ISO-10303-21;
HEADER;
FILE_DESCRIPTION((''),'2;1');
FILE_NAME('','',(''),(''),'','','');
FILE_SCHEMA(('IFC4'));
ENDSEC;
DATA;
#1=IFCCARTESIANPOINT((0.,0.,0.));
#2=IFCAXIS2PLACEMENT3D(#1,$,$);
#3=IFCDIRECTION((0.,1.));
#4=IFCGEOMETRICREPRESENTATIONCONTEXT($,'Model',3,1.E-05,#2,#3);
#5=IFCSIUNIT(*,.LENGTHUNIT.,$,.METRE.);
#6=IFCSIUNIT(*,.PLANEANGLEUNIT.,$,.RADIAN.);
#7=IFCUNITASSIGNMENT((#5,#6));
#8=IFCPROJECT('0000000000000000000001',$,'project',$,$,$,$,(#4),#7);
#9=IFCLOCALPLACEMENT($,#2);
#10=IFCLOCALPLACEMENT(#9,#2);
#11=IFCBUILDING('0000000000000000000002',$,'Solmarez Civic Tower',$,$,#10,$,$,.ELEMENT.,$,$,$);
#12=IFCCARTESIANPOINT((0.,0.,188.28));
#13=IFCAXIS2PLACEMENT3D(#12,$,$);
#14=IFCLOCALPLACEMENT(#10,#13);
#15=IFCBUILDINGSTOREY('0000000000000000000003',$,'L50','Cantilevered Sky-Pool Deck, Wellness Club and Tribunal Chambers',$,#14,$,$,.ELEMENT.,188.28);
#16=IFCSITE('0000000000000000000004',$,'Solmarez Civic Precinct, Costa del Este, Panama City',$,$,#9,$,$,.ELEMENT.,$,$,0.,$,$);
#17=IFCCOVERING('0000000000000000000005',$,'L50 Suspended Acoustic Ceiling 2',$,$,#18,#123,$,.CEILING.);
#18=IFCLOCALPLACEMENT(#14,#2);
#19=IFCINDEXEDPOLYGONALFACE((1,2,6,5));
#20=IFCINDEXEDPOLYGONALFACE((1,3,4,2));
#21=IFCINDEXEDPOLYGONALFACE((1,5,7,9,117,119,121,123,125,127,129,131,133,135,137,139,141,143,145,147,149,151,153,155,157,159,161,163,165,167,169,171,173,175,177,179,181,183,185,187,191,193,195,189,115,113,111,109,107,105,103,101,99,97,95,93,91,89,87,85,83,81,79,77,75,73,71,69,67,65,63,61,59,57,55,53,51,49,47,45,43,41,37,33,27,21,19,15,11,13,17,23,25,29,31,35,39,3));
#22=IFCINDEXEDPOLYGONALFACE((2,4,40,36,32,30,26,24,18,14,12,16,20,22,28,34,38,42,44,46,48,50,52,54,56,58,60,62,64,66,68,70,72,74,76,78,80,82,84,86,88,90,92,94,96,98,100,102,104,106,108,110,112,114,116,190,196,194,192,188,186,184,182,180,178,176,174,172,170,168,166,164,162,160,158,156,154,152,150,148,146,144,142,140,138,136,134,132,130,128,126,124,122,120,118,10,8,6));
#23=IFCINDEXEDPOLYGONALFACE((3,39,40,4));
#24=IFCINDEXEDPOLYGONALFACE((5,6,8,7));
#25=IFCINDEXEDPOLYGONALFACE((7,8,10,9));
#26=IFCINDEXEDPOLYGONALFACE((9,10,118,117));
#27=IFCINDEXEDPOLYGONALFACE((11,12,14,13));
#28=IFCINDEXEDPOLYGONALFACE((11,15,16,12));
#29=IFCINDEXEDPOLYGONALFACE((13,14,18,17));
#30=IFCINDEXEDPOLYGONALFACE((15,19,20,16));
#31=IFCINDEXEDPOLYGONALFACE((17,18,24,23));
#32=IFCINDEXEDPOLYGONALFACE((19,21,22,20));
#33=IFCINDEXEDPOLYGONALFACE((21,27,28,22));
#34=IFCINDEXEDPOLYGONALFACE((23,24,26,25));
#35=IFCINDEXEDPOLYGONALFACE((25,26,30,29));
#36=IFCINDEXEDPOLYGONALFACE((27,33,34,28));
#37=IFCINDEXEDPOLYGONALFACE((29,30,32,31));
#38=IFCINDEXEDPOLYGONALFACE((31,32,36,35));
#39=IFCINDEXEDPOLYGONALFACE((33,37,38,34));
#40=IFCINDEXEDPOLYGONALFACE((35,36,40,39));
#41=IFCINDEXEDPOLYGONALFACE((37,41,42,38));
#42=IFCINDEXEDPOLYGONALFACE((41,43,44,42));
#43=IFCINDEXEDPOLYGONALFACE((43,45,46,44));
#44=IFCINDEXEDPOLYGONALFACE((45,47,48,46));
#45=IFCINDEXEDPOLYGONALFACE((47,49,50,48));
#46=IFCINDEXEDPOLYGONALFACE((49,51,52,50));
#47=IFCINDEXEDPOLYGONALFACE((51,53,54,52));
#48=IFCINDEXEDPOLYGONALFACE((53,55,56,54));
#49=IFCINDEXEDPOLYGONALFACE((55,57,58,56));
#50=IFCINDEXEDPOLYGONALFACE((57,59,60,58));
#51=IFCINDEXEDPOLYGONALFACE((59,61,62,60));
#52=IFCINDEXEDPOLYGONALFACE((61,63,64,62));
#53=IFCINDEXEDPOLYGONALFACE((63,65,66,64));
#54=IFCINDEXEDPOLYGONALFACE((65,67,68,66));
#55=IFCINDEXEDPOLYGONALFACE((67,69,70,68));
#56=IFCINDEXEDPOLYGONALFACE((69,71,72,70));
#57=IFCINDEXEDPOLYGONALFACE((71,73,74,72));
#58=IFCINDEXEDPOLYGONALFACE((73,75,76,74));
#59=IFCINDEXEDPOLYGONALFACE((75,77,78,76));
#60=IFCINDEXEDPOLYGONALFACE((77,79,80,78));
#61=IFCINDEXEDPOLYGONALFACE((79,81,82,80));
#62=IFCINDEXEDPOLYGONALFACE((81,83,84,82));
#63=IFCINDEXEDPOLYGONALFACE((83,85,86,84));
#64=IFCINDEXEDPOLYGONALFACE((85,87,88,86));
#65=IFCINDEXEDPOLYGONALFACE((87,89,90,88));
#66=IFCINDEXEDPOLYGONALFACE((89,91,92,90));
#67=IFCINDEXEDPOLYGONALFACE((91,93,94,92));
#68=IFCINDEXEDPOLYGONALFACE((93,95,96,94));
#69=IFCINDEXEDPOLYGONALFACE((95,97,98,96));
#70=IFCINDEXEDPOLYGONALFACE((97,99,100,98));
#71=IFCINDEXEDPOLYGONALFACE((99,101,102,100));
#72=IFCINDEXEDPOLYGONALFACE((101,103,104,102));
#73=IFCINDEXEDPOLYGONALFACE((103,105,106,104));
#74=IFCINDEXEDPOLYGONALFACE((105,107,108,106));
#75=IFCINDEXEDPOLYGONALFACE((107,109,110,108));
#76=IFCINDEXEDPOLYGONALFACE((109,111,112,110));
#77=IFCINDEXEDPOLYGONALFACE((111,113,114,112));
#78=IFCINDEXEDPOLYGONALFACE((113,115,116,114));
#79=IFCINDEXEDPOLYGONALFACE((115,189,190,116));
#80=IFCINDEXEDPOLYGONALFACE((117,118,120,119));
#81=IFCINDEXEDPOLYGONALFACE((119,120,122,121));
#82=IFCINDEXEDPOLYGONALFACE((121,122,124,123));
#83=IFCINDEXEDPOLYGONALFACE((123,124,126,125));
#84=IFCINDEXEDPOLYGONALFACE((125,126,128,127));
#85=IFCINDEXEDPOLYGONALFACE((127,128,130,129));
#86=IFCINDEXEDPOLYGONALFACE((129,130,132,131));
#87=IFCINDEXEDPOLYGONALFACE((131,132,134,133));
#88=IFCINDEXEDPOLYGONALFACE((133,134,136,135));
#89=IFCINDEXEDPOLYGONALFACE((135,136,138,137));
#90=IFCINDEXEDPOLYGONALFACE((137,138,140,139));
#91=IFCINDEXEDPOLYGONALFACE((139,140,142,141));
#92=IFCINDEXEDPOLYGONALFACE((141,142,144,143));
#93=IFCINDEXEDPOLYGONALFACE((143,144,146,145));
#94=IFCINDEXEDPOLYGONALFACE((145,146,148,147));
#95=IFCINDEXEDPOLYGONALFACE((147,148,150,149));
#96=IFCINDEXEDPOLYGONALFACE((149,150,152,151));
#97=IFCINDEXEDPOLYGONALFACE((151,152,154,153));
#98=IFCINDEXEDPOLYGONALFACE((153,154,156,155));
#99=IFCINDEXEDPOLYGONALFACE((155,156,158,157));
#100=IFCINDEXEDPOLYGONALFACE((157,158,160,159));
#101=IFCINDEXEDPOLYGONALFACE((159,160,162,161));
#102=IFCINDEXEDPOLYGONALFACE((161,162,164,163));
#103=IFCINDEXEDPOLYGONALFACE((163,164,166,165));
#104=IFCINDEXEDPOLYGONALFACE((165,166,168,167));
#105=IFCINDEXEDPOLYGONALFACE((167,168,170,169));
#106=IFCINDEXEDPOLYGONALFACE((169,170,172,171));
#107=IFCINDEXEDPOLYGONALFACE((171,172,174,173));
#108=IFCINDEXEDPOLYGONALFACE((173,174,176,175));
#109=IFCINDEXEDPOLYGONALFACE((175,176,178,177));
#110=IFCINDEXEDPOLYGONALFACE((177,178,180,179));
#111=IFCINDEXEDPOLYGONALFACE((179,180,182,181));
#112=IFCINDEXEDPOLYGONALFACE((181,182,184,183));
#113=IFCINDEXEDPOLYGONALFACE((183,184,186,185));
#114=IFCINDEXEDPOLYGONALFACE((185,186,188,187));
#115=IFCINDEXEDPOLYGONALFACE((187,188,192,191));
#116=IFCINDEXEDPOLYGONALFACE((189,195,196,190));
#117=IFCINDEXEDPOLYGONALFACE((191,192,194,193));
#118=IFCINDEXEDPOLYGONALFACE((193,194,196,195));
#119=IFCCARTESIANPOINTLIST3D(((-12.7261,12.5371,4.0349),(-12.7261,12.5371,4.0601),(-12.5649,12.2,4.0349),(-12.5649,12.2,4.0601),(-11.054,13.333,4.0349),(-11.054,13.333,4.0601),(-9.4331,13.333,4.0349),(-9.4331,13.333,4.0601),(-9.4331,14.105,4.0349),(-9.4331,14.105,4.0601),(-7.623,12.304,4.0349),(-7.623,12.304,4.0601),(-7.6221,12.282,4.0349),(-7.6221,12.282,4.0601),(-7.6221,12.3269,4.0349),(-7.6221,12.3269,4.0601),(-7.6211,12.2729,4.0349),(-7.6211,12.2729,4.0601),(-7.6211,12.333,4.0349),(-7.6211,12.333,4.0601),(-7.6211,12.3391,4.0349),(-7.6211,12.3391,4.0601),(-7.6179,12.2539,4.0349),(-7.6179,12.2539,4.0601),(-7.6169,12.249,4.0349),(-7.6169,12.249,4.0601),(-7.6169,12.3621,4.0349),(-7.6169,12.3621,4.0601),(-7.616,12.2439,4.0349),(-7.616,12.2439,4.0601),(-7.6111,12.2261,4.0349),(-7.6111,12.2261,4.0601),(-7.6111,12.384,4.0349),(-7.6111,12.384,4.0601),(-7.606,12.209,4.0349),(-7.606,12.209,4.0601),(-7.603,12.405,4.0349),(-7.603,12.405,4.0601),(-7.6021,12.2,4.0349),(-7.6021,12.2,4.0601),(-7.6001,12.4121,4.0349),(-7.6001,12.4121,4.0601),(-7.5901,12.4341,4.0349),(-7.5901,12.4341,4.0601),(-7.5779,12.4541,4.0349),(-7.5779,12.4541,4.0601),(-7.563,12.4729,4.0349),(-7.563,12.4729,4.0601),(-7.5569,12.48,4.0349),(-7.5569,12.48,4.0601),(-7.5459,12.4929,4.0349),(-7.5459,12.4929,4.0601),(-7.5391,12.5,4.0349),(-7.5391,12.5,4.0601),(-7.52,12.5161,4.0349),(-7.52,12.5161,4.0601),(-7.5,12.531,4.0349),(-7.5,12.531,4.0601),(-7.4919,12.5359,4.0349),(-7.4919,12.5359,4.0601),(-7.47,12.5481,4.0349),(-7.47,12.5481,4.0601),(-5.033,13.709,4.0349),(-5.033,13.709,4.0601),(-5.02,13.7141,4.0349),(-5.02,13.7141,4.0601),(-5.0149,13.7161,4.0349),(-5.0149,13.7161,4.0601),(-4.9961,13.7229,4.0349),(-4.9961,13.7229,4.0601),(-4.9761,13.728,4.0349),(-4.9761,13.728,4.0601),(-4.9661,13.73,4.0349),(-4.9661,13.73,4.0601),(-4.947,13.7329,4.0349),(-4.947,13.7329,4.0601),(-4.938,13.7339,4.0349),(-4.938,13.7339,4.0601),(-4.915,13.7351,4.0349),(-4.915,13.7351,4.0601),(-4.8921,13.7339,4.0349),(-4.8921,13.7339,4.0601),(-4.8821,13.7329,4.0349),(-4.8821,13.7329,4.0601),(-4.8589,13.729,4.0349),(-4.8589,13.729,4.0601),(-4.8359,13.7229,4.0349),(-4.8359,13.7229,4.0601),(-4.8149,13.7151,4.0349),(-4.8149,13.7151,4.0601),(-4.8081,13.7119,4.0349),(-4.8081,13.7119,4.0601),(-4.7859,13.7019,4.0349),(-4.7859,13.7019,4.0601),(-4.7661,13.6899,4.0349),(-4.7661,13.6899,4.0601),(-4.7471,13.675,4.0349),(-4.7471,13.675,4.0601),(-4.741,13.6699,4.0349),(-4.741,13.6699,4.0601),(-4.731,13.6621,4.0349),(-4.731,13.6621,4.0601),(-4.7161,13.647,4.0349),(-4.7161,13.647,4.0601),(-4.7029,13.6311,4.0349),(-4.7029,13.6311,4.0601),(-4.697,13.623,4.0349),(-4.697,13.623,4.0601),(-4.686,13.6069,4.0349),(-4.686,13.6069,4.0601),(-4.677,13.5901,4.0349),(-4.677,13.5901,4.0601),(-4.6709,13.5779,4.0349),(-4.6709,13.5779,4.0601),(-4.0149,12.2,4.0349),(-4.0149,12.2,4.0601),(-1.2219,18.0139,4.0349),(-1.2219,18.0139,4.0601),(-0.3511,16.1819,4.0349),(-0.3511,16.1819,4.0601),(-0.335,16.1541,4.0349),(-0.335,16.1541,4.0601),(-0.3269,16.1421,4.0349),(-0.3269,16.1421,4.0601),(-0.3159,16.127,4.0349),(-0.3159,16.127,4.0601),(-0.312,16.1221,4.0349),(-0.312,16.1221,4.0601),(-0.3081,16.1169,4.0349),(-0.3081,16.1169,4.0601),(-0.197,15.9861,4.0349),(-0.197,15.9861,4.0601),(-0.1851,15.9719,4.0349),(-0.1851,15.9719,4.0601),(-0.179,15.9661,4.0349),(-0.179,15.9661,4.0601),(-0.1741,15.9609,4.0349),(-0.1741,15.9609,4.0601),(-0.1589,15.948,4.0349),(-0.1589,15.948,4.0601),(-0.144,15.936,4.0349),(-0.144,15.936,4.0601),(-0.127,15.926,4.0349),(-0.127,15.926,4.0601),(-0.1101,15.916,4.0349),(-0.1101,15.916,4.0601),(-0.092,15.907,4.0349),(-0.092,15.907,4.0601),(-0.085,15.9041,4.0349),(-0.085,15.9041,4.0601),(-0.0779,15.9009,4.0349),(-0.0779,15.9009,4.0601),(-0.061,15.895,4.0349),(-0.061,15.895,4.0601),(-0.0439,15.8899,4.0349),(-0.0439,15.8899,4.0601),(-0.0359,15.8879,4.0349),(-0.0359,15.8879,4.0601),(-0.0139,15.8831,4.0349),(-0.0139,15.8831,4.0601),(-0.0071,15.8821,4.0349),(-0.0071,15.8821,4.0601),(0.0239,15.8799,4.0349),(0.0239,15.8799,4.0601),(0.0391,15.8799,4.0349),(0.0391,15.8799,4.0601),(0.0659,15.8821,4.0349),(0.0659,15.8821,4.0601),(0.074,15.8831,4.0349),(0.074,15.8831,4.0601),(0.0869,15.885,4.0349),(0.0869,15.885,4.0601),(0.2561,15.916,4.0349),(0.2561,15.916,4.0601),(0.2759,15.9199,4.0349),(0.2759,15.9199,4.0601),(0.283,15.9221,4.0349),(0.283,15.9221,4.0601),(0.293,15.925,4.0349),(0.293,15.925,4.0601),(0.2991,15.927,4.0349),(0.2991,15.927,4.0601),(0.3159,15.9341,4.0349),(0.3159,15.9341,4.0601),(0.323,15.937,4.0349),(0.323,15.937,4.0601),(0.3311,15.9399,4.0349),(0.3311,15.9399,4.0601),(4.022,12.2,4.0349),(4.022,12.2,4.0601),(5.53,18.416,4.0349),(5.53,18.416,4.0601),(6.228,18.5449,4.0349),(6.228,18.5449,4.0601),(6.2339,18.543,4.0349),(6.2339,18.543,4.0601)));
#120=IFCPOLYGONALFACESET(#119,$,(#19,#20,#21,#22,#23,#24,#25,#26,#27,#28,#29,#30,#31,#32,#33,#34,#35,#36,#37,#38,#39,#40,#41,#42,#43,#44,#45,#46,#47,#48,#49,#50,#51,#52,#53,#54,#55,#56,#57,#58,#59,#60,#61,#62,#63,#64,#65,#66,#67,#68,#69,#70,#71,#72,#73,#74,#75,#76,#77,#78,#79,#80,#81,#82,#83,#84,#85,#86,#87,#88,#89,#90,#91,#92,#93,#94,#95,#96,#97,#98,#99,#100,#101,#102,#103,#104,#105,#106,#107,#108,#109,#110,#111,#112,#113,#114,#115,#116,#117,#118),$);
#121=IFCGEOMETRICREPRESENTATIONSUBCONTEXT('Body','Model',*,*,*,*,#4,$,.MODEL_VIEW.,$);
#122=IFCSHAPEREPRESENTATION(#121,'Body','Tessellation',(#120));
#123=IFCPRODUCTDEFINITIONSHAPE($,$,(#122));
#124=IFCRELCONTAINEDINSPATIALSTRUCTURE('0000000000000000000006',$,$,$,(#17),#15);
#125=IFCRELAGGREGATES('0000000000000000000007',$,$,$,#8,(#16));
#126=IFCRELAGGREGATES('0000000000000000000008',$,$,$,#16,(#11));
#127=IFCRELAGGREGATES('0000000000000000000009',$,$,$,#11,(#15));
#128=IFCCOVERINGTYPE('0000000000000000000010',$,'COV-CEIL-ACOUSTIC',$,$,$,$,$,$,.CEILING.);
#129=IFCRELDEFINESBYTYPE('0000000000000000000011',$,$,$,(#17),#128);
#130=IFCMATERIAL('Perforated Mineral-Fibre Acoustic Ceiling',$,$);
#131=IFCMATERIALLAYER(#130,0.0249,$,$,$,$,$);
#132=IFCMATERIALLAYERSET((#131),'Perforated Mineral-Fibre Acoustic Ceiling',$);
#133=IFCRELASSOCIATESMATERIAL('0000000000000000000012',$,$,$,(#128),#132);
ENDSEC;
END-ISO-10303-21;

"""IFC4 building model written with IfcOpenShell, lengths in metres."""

from ifc_helpers import new_model, si_unit, direction, frame, origin, place, context, subcontext, project, spatial, polyline, outline, extrude, material, layer, layer_set, type_object, element, save


model = new_model("IFC4")

# Units and contexts
model_context = context("Model", 3, precision=1e-05, world=origin(), true_north=direction((0.0, 1.0)))
body_context = subcontext(model_context, "Body", "Model", "MODEL_VIEW")
ifc_project = project(units=[si_unit("LENGTHUNIT", "METRE"), si_unit("PLANEANGLEUNIT", "RADIAN")], contexts=[model_context])

# Site, building, storey
site_placement = place(None, origin())
site = spatial("IfcSite", under=ifc_project, at=site_placement, Name="Solmarez Civic Precinct, Costa del Este, Panama City", CompositionType="ELEMENT", RefElevation=0.0)
building_placement = place(site_placement, origin())
building = spatial("IfcBuilding", under=site, at=building_placement, Name="Solmarez Civic Tower", CompositionType="ELEMENT")
storey_placement = place(building_placement, frame((0.0, 0.0, 188.28)))
storey = spatial("IfcBuildingStorey", under=building, at=storey_placement, Name="L50", Description="Cantilevered Sky-Pool Deck, Wellness Club and Tribunal Chambers", CompositionType="ELEMENT", Elevation=188.28)

# Covering
ifc_material_1 = material(Name="Perforated Mineral-Fibre Acoustic Ceiling")
ifc_layer_1 = layer(ifc_material_1, 0.0249)
ifc_layer_set_1 = layer_set([ifc_layer_1], Name="Perforated Mineral-Fibre Acoustic Ceiling")
covering_type_1 = type_object("IfcCoveringType", Name="COV-CEIL-ACOUSTIC", PredefinedType="CEILING", material=ifc_layer_set_1)
covering_1_placement = place(storey_placement, frame((0.0, 0.0, 4.0349)))
element("IfcCovering", 1, at=covering_1_placement, inside=storey, type_object=covering_type_1, Name="L50 Suspended Acoustic Ceiling 2", PredefinedType="CEILING", context=body_context, shape_type="SweptSolid", body=[
    extrude(outline(polyline([(-12.7261, 12.5371), (-12.5649, 12.2), (-7.6021, 12.2), (-7.606, 12.209), (-7.6111, 12.2261), (-7.616, 12.2439), (-7.6169, 12.249), (-7.6179, 12.2539), (-7.6211, 12.2729), (-7.6221, 12.282), (-7.623, 12.304), (-7.6221, 12.3269), (-7.6211, 12.333), (-7.6211, 12.3391), (-7.6169, 12.3621), (-7.6111, 12.384), (-7.603, 12.405), (-7.6001, 12.4121), (-7.5901, 12.4341), (-7.5779, 12.4541), (-7.563, 12.4729), (-7.5569, 12.48), (-7.5459, 12.4929), (-7.5391, 12.5), (-7.52, 12.5161), (-7.5, 12.531), (-7.4919, 12.5359), (-7.47, 12.5481), (-5.033, 13.709), (-5.02, 13.7141), (-5.0149, 13.7161), (-4.9961, 13.7229), (-4.9761, 13.728), (-4.9661, 13.73), (-4.947, 13.7329), (-4.938, 13.7339), (-4.915, 13.7351), (-4.8921, 13.7339), (-4.8821, 13.7329), (-4.8589, 13.729), (-4.8359, 13.7229), (-4.8149, 13.7151), (-4.8081, 13.7119), (-4.7859, 13.7019), (-4.7661, 13.6899), (-4.7471, 13.675), (-4.741, 13.6699), (-4.731, 13.6621), (-4.7161, 13.647), (-4.7029, 13.6311), (-4.697, 13.623), (-4.686, 13.6069), (-4.677, 13.5901), (-4.6709, 13.5779), (-4.0149, 12.2), (4.022, 12.2), (6.2339, 18.543), (6.228, 18.5449), (5.53, 18.416), (0.3311, 15.9399), (0.323, 15.937), (0.3159, 15.9341), (0.2991, 15.927), (0.293, 15.925), (0.283, 15.9221), (0.2759, 15.9199), (0.2561, 15.916), (0.0869, 15.885), (0.074, 15.8831), (0.0659, 15.8821), (0.0391, 15.8799), (0.0239, 15.8799), (-0.0071, 15.8821), (-0.0139, 15.8831), (-0.0359, 15.8879), (-0.0439, 15.8899), (-0.061, 15.895), (-0.0779, 15.9009), (-0.085, 15.9041), (-0.092, 15.907), (-0.1101, 15.916), (-0.127, 15.926), (-0.144, 15.936), (-0.1589, 15.948), (-0.1741, 15.9609), (-0.179, 15.9661), (-0.1851, 15.9719), (-0.197, 15.9861), (-0.3081, 16.1169), (-0.312, 16.1221), (-0.3159, 16.127), (-0.3269, 16.1421), (-0.335, 16.1541), (-0.3511, 16.1819), (-1.2219, 18.0139), (-9.4331, 14.105), (-9.4331, 13.333), (-11.054, 13.333), (-12.7261, 12.5371)])), origin(), (0.0, 0.0, 1.0), 0.0251),
])

save(model, "model.ifc")
